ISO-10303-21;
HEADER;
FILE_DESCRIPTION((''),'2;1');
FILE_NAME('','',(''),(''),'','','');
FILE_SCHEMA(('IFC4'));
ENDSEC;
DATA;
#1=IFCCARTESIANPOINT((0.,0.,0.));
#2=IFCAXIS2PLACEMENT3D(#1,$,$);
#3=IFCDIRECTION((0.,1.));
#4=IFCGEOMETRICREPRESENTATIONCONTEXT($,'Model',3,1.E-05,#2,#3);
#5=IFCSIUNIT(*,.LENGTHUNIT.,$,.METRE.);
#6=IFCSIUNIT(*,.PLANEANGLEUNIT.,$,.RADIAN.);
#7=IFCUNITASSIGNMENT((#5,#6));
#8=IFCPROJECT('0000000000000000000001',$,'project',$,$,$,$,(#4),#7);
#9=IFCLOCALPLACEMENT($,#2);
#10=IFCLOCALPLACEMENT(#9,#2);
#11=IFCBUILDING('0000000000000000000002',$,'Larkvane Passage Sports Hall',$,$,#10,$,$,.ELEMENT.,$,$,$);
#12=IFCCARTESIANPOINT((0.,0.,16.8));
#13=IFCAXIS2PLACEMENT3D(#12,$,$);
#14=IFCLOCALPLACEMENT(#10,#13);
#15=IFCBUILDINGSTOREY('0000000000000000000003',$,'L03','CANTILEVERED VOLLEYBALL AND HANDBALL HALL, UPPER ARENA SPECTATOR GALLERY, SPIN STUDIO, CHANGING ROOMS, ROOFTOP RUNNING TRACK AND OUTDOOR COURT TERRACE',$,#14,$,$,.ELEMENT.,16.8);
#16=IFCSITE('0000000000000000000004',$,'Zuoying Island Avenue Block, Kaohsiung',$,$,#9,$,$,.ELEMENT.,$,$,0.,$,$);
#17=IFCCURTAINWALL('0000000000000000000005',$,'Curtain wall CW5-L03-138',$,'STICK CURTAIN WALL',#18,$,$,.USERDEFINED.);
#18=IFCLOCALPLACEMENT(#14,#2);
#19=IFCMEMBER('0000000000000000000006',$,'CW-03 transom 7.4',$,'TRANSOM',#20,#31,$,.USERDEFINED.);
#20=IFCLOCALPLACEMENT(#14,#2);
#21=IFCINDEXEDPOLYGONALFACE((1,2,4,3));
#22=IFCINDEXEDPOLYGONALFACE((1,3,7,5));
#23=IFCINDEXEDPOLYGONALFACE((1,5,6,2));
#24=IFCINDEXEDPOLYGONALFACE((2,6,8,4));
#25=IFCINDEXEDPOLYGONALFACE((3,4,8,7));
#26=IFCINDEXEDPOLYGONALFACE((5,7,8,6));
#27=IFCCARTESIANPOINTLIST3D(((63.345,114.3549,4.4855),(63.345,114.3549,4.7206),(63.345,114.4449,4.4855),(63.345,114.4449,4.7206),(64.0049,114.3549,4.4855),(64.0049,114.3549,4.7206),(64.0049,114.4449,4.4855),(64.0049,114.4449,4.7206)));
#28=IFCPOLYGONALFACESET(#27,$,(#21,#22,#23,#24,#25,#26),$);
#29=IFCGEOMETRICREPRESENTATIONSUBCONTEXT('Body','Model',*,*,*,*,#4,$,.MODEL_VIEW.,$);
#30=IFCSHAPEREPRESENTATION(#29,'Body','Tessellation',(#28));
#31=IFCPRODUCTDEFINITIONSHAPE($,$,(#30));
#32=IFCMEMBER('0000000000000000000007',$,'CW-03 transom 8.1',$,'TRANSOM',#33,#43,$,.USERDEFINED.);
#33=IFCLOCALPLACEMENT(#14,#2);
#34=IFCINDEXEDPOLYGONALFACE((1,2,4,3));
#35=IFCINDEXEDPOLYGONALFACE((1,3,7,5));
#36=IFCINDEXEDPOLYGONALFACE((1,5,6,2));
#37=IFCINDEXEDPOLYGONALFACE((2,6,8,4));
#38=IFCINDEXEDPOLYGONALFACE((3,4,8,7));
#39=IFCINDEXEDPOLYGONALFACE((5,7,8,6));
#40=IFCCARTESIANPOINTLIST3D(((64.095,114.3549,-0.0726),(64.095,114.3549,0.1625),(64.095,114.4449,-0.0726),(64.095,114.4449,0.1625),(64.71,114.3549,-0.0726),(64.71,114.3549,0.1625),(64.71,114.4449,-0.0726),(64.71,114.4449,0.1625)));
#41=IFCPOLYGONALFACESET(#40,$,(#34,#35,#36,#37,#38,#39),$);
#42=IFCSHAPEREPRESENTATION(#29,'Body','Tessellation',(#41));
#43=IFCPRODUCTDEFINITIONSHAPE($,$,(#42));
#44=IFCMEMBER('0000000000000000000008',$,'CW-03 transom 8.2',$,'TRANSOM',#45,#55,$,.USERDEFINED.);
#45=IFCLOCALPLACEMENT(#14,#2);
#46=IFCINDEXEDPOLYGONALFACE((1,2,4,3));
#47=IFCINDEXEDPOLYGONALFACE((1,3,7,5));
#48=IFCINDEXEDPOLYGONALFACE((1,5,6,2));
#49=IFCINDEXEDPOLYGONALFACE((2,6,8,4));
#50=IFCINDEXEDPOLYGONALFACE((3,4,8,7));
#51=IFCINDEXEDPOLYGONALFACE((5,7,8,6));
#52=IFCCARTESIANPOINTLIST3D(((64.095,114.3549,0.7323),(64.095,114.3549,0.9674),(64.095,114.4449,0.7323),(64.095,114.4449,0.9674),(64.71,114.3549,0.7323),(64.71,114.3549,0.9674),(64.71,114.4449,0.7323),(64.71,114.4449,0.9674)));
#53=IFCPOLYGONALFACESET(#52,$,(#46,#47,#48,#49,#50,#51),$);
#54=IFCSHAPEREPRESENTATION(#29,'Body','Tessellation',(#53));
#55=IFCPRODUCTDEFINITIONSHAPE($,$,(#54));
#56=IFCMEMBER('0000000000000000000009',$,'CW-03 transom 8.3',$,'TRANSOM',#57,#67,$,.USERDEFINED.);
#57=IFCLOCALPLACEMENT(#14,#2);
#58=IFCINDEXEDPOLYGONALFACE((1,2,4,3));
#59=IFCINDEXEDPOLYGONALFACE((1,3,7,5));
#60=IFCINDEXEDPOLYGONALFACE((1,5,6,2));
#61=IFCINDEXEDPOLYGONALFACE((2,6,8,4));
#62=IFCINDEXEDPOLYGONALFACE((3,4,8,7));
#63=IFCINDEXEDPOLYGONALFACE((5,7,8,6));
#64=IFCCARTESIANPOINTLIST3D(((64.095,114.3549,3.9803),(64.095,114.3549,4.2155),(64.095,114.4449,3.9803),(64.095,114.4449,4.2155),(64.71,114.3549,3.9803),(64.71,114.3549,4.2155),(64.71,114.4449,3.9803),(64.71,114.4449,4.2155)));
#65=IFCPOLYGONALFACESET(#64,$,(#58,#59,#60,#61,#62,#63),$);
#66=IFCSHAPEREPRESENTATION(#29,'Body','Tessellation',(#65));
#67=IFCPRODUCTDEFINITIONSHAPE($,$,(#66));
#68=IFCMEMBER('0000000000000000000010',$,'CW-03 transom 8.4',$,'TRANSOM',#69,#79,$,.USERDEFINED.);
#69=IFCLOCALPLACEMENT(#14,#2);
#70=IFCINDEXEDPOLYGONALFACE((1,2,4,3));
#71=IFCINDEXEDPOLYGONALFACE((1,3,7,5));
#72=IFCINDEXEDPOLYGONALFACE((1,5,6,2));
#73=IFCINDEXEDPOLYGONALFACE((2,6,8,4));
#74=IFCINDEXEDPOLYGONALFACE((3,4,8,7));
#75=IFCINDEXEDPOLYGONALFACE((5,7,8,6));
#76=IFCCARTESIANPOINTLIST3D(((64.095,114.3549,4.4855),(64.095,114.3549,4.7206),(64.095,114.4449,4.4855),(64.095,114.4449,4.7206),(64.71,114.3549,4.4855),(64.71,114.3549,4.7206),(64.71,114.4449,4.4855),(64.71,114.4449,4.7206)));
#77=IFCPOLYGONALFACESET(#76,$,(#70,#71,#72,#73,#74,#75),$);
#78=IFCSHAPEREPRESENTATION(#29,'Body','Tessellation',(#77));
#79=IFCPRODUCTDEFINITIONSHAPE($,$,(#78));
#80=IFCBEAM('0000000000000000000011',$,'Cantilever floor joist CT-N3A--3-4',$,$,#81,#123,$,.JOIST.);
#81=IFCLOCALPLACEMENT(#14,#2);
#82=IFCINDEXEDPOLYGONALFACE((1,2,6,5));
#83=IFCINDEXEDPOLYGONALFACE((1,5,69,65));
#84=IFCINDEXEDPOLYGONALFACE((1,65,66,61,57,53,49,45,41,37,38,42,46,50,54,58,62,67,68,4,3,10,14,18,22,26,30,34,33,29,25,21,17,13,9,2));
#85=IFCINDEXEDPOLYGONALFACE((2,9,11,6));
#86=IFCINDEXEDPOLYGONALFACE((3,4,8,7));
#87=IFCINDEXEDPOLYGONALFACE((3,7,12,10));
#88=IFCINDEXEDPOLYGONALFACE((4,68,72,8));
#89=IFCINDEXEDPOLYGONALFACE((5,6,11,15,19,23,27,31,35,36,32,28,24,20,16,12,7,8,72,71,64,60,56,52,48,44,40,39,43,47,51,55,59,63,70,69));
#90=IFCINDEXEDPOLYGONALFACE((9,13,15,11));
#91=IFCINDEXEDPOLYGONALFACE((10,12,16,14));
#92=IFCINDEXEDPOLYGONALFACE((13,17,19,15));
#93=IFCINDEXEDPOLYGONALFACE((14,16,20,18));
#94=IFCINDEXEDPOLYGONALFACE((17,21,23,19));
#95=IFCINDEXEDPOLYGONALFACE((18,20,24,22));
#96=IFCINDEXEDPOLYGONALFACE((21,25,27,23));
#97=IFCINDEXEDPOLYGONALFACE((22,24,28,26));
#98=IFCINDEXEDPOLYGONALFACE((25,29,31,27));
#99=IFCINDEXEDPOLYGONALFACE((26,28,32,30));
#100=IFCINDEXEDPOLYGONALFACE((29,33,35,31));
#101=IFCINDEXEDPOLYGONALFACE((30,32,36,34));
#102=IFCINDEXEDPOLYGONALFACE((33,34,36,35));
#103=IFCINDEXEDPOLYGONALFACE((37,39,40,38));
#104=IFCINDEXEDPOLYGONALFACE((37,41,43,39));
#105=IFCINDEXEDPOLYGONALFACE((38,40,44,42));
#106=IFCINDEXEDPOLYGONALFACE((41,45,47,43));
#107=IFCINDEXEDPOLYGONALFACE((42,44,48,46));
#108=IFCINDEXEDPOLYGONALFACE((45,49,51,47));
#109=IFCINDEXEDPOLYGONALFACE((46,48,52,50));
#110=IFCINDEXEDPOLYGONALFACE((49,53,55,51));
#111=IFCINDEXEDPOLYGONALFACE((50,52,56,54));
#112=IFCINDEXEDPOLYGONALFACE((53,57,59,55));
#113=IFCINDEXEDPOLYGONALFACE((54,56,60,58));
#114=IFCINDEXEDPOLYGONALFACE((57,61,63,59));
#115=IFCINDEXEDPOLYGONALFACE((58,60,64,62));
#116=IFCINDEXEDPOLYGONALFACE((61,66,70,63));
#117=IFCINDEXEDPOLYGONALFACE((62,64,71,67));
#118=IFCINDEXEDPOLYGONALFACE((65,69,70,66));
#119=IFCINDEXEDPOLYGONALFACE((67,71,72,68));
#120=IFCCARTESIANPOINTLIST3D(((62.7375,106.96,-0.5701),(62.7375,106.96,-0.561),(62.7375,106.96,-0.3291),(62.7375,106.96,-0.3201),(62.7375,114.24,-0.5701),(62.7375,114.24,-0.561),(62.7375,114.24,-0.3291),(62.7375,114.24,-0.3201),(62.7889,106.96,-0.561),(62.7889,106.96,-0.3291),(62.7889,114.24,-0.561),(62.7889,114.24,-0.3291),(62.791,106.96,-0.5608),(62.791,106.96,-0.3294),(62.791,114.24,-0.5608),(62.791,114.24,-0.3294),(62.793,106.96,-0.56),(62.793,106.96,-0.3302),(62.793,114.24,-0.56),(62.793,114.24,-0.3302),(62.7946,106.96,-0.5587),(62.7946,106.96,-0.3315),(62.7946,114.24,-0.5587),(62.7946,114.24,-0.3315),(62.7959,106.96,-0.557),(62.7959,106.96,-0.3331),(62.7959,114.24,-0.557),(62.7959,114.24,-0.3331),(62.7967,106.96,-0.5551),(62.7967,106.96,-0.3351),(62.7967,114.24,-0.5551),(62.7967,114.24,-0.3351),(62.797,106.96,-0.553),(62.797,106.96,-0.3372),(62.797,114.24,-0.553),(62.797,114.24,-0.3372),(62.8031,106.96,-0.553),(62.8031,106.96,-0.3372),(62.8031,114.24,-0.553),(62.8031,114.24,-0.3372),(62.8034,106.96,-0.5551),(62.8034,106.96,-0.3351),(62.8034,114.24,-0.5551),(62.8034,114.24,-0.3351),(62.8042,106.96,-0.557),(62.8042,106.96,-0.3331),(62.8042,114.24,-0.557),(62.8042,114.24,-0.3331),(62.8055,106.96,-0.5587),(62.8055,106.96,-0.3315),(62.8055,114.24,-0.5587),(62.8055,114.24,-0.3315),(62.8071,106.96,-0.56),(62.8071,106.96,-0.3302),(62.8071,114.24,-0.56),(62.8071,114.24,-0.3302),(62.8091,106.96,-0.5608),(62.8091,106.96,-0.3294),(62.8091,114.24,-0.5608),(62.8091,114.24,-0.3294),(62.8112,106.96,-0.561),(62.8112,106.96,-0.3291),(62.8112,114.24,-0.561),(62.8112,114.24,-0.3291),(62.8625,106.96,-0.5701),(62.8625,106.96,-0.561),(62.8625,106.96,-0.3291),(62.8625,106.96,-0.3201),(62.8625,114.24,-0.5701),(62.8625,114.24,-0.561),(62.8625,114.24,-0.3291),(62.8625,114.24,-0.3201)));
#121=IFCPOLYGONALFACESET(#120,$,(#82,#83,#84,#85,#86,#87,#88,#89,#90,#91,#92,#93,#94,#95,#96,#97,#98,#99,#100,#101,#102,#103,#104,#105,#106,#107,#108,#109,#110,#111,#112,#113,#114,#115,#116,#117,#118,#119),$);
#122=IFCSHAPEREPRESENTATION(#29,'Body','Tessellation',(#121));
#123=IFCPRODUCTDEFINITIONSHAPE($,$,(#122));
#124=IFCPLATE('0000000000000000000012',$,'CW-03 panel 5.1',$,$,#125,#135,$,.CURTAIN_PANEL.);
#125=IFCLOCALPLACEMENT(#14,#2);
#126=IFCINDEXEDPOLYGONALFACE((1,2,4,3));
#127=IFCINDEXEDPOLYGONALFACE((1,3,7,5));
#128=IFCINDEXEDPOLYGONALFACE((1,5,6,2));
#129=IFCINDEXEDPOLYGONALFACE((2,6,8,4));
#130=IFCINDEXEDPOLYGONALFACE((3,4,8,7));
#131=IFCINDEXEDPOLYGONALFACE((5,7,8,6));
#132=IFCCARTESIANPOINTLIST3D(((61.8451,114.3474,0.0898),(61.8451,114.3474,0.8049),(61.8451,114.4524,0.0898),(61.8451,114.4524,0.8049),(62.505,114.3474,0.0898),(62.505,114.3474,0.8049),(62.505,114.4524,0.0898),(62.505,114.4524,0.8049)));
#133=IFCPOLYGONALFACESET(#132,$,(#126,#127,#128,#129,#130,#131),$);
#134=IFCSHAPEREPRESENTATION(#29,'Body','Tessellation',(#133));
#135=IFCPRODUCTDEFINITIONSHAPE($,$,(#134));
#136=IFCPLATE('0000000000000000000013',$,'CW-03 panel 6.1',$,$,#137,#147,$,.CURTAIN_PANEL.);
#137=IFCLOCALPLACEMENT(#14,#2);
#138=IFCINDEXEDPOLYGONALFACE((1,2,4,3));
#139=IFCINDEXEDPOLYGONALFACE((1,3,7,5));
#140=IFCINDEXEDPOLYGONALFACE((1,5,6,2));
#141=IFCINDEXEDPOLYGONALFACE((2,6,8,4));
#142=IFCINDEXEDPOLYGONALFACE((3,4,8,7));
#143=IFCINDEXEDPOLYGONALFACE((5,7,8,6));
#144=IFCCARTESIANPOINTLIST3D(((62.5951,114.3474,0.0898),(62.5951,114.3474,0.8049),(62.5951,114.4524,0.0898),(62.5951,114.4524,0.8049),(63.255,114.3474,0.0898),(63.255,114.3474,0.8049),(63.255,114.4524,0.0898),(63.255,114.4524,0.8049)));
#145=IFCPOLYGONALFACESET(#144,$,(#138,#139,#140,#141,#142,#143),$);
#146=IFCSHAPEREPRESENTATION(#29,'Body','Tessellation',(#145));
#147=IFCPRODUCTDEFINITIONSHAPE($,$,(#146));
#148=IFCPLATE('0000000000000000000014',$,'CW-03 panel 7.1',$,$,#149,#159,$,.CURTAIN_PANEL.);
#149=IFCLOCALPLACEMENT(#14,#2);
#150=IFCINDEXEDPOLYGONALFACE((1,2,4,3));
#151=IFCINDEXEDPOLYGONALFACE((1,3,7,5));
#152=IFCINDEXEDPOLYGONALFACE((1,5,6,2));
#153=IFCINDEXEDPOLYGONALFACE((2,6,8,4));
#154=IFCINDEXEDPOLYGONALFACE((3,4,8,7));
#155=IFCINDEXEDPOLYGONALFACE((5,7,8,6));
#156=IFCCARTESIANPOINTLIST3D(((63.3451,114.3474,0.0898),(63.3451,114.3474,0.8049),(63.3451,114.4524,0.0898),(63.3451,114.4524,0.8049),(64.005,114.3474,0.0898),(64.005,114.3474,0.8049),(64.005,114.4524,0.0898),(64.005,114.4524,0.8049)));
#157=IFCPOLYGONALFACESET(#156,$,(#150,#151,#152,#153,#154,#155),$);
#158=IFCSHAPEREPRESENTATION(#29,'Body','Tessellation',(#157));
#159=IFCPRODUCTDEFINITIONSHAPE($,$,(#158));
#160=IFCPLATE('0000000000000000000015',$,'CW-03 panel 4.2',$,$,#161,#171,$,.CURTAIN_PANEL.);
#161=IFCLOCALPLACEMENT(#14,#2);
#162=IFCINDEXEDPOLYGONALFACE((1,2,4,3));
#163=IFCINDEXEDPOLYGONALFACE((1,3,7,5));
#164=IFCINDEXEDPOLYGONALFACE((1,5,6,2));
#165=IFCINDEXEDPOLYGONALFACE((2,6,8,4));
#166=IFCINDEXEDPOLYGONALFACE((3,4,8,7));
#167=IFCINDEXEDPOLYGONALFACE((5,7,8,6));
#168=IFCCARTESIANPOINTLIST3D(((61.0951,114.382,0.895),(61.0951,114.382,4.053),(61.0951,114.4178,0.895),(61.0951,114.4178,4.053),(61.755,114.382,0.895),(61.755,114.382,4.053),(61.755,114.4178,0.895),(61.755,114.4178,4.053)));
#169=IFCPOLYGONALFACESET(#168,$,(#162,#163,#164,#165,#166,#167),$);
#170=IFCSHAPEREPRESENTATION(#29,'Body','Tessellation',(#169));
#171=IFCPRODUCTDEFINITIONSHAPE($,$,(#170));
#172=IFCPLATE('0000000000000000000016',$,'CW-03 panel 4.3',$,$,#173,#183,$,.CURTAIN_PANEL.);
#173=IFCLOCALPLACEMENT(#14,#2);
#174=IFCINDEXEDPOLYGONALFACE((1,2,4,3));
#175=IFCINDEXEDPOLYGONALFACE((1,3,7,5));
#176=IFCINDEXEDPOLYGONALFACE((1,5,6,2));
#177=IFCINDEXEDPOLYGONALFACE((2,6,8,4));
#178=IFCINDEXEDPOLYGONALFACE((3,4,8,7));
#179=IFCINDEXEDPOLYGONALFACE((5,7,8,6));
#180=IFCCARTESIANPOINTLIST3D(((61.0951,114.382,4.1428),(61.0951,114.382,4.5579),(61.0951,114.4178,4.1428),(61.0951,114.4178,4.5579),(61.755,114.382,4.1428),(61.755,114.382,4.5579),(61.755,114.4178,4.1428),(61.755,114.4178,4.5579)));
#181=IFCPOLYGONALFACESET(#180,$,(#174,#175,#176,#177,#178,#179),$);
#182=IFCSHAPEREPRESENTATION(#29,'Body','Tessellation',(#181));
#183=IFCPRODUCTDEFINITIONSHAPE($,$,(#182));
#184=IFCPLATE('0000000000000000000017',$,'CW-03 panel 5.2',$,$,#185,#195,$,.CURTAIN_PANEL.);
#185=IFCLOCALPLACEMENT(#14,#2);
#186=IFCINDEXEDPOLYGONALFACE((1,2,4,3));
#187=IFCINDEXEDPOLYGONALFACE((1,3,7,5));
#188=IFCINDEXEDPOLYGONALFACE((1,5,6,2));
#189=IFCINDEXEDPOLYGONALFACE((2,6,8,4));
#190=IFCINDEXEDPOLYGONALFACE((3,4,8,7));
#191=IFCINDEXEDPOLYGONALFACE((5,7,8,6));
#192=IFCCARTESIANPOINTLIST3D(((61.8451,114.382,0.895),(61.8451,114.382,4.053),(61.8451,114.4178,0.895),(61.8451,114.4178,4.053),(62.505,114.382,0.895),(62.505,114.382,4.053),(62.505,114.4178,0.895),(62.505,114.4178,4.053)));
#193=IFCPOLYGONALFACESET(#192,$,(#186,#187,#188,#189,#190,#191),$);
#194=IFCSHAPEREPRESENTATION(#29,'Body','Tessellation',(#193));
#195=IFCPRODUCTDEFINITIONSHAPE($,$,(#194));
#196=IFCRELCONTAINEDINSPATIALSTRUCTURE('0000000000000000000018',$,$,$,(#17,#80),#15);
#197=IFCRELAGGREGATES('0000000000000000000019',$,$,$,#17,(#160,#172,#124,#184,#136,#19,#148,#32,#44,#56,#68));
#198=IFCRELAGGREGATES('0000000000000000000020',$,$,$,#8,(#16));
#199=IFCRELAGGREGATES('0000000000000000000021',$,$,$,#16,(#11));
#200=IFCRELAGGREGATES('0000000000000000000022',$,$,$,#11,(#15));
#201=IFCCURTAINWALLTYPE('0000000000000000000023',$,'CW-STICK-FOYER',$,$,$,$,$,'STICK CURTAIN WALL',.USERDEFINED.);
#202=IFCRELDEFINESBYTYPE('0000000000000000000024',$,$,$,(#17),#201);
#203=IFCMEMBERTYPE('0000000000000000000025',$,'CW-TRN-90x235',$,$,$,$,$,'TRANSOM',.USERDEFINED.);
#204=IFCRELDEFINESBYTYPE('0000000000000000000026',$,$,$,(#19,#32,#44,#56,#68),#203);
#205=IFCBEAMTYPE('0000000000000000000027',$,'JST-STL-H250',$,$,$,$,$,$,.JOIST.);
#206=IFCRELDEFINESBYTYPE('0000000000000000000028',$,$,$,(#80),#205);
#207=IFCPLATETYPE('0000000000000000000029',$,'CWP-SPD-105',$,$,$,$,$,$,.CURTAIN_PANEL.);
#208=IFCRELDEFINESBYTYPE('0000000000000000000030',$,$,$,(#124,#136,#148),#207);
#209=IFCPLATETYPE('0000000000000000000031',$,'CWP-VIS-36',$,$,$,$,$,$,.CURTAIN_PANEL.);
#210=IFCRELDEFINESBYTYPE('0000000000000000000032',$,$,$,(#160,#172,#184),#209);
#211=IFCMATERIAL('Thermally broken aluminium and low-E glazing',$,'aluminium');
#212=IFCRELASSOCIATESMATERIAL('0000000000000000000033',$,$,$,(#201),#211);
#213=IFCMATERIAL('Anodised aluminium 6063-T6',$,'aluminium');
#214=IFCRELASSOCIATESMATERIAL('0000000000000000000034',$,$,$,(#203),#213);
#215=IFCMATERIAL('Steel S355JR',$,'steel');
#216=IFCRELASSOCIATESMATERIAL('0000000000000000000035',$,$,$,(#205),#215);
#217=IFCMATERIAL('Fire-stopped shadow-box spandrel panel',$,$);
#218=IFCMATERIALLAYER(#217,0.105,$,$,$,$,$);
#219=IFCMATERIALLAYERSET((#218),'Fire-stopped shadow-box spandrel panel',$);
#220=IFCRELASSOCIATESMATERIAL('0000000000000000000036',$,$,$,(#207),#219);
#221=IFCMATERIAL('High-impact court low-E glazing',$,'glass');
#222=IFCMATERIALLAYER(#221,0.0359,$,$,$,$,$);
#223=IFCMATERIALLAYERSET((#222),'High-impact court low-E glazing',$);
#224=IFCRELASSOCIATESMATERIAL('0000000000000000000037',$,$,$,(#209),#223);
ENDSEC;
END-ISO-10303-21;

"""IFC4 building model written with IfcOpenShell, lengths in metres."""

from ifc_helpers import new_model, si_unit, direction, frame, origin, origin_2d, place, context, subcontext, project, spatial, rectangle, i_section, extrude, material, layer, layer_set, material_profile, profile_set, type_object, element, aggregate, save


model = new_model("IFC4")

# Units and contexts
model_context = context("Model", 3, precision=1e-05, world=origin(), true_north=direction((0.0, 1.0)))
body_context = subcontext(model_context, "Body", "Model", "MODEL_VIEW")
ifc_project = project(units=[si_unit("LENGTHUNIT", "METRE"), si_unit("PLANEANGLEUNIT", "RADIAN")], contexts=[model_context])

# Site, building, storey
site_placement = place(None, origin())
site = spatial("IfcSite", under=ifc_project, at=site_placement, Name="Zuoying Island Avenue Block, Kaohsiung", CompositionType="ELEMENT", RefElevation=0.0)
building_placement = place(site_placement, origin())
building = spatial("IfcBuilding", under=site, at=building_placement, Name="Larkvane Passage Sports Hall", CompositionType="ELEMENT")
storey_placement = place(building_placement, frame((0.0, 0.0, 16.8)))
storey = spatial("IfcBuildingStorey", under=building, at=storey_placement, Name="L03", Description="CANTILEVERED VOLLEYBALL AND HANDBALL HALL, UPPER ARENA SPECTATOR GALLERY, SPIN STUDIO, CHANGING ROOMS, ROOFTOP RUNNING TRACK AND OUTDOOR COURT TERRACE", CompositionType="ELEMENT", Elevation=16.8)

# Curtain wall, members
ifc_material_1 = material(Name="Thermally broken aluminium and low-E glazing", Category="aluminium")
curtain_wall_type = type_object("IfcCurtainWallType", Name="CW-STICK-FOYER", ElementType="STICK CURTAIN WALL", PredefinedType="USERDEFINED", material=ifc_material_1)
curtain_wall_placement = place(storey_placement, origin())
curtain_wall = element("IfcCurtainWall", 1, at=curtain_wall_placement, inside=storey, type_object=curtain_wall_type, Name="Curtain wall CW5-L03-138", ObjectType="STICK CURTAIN WALL", PredefinedType="USERDEFINED")
ifc_material_2 = material(Name="Anodised aluminium 6063-T6", Category="aluminium")
ifc_material_profile_1 = material_profile(ifc_material_2, rectangle(XDim=0.0901, YDim=0.2351, at=origin_2d()), Name="ALU-TRN-90x235")
ifc_profile_set_1 = profile_set([ifc_material_profile_1], Name="Anodised aluminium 6063-T6")
member_type_1 = type_object("IfcMemberType", Name="CW-TRN-90x235", ElementType="TRANSOM", PredefinedType="USERDEFINED", material=ifc_profile_set_1)
member_1_placement = place(storey_placement, frame((63.345, 114.3999, 4.603), z_axis=(1.0, 0.0, 0.0), x_axis=(0.0, 1.0, 0.0)))
member_1 = element("IfcMember", 2, at=member_1_placement, type_object=member_type_1, Name="CW-03 transom 7.4", ObjectType="TRANSOM", PredefinedType="USERDEFINED", context=body_context, shape_type="SweptSolid", body=[
    extrude(rectangle(XDim=0.0901, YDim=0.2351, at=origin_2d()), origin(), (0.0, 0.0, 1.0), 0.6599),
])
member_2_placement = place(storey_placement, frame((64.095, 114.3999, 0.0449), z_axis=(1.0, 0.0, 0.0), x_axis=(0.0, 1.0, 0.0)))
member_2 = element("IfcMember", 3, at=member_2_placement, type_object=member_type_1, Name="CW-03 transom 8.1", ObjectType="TRANSOM", PredefinedType="USERDEFINED", context=body_context, shape_type="SweptSolid", body=[
    extrude(rectangle(XDim=0.0901, YDim=0.2351, at=origin_2d()), origin(), (0.0, 0.0, 1.0), 0.615),
])
member_3_placement = place(storey_placement, frame((64.095, 114.3999, 0.8499), z_axis=(1.0, 0.0, 0.0), x_axis=(0.0, 1.0, 0.0)))
member_3 = element("IfcMember", 4, at=member_3_placement, type_object=member_type_1, Name="CW-03 transom 8.2", ObjectType="TRANSOM", PredefinedType="USERDEFINED", context=body_context, shape_type="SweptSolid", body=[
    extrude(rectangle(XDim=0.0901, YDim=0.2351, at=origin_2d()), origin(), (0.0, 0.0, 1.0), 0.615),
])
member_4_placement = place(storey_placement, frame((64.095, 114.3999, 4.0979), z_axis=(1.0, 0.0, 0.0), x_axis=(0.0, 1.0, 0.0)))
member_4 = element("IfcMember", 5, at=member_4_placement, type_object=member_type_1, Name="CW-03 transom 8.3", ObjectType="TRANSOM", PredefinedType="USERDEFINED", context=body_context, shape_type="SweptSolid", body=[
    extrude(rectangle(XDim=0.0901, YDim=0.2351, at=origin_2d()), origin(), (0.0, 0.0, 1.0), 0.615),
])
member_5_placement = place(storey_placement, frame((64.095, 114.3999, 4.603), z_axis=(1.0, 0.0, 0.0), x_axis=(0.0, 1.0, 0.0)))
member_5 = element("IfcMember", 6, at=member_5_placement, type_object=member_type_1, Name="CW-03 transom 8.4", ObjectType="TRANSOM", PredefinedType="USERDEFINED", context=body_context, shape_type="SweptSolid", body=[
    extrude(rectangle(XDim=0.0901, YDim=0.2351, at=origin_2d()), origin(), (0.0, 0.0, 1.0), 0.615),
])

# Beam
ifc_material_3 = material(Name="Steel S355JR", Category="steel")
ifc_material_profile_2 = material_profile(ifc_material_3, i_section(OverallWidth=0.125, OverallDepth=0.25, WebThickness=0.0061, FlangeThickness=0.009, FilletRadius=0.0081, at=origin_2d()), Name="H-250x125x6x9")
ifc_profile_set_2 = profile_set([ifc_material_profile_2], Name="Steel S355JR")
beam_type = type_object("IfcBeamType", Name="JST-STL-H250", PredefinedType="JOIST", material=ifc_profile_set_2)
beam_placement = place(storey_placement, frame((62.8, 106.96, -0.4451), z_axis=(0.0, 1.0, 0.0), x_axis=(-1.0, 0.0, 0.0)))
element("IfcBeam", 7, at=beam_placement, inside=storey, type_object=beam_type, Name="Cantilever floor joist CT-N3A--3-4", PredefinedType="JOIST", context=body_context, shape_type="SweptSolid", body=[
    extrude(i_section(OverallWidth=0.125, OverallDepth=0.25, WebThickness=0.0061, FlangeThickness=0.009, FilletRadius=0.0081, at=origin_2d()), origin(), (0.0, 0.0, 1.0), 7.28),
])

# Plates
ifc_material_4 = material(Name="Fire-stopped shadow-box spandrel panel")
ifc_layer_1 = layer(ifc_material_4, 0.105)
ifc_layer_set_1 = layer_set([ifc_layer_1], Name="Fire-stopped shadow-box spandrel panel")
plate_type_1 = type_object("IfcPlateType", Name="CWP-SPD-105", PredefinedType="CURTAIN_PANEL", material=ifc_layer_set_1)
plate_1_placement = place(storey_placement, frame((62.175, 114.3999, 0.0898), z_axis=(0.0, 0.0, 1.0), x_axis=(1.0, 0.0, 0.0)))
plate_1 = element("IfcPlate", 8, at=plate_1_placement, type_object=plate_type_1, Name="CW-03 panel 5.1", PredefinedType="CURTAIN_PANEL", context=body_context, shape_type="SweptSolid", body=[
    extrude(rectangle(XDim=0.6599, YDim=0.105, at=origin_2d()), origin(), (0.0, 0.0, 1.0), 0.7151),
])
plate_2_placement = place(storey_placement, frame((62.925, 114.3999, 0.0898), z_axis=(0.0, 0.0, 1.0), x_axis=(1.0, 0.0, 0.0)))
plate_2 = element("IfcPlate", 9, at=plate_2_placement, type_object=plate_type_1, Name="CW-03 panel 6.1", PredefinedType="CURTAIN_PANEL", context=body_context, shape_type="SweptSolid", body=[
    extrude(rectangle(XDim=0.6599, YDim=0.105, at=origin_2d()), origin(), (0.0, 0.0, 1.0), 0.7151),
])
plate_3_placement = place(storey_placement, frame((63.675, 114.3999, 0.0898), z_axis=(0.0, 0.0, 1.0), x_axis=(1.0, 0.0, 0.0)))
plate_3 = element("IfcPlate", 10, at=plate_3_placement, type_object=plate_type_1, Name="CW-03 panel 7.1", PredefinedType="CURTAIN_PANEL", context=body_context, shape_type="SweptSolid", body=[
    extrude(rectangle(XDim=0.6599, YDim=0.105, at=origin_2d()), origin(), (0.0, 0.0, 1.0), 0.7151),
])
ifc_material_5 = material(Name="High-impact court low-E glazing", Category="glass")
ifc_layer_2 = layer(ifc_material_5, 0.0359)
ifc_layer_set_2 = layer_set([ifc_layer_2], Name="High-impact court low-E glazing")
plate_type_2 = type_object("IfcPlateType", Name="CWP-VIS-36", PredefinedType="CURTAIN_PANEL", material=ifc_layer_set_2)
plate_4_placement = place(storey_placement, frame((61.425, 114.3999, 0.895), z_axis=(0.0, 0.0, 1.0), x_axis=(1.0, 0.0, 0.0)))
plate_4 = element("IfcPlate", 11, at=plate_4_placement, type_object=plate_type_2, Name="CW-03 panel 4.2", PredefinedType="CURTAIN_PANEL", context=body_context, shape_type="SweptSolid", body=[
    extrude(rectangle(XDim=0.6599, YDim=0.0359, at=origin_2d()), origin(), (0.0, 0.0, 1.0), 3.158),
])
plate_5_placement = place(storey_placement, frame((61.425, 114.3999, 4.1428), z_axis=(0.0, 0.0, 1.0), x_axis=(1.0, 0.0, 0.0)))
plate_5 = element("IfcPlate", 12, at=plate_5_placement, type_object=plate_type_2, Name="CW-03 panel 4.3", PredefinedType="CURTAIN_PANEL", context=body_context, shape_type="SweptSolid", body=[
    extrude(rectangle(XDim=0.6599, YDim=0.0359, at=origin_2d()), origin(), (0.0, 0.0, 1.0), 0.415),
])
plate_6_placement = place(storey_placement, frame((62.175, 114.3999, 0.895), z_axis=(0.0, 0.0, 1.0), x_axis=(1.0, 0.0, 0.0)))
plate_6 = element("IfcPlate", 13, at=plate_6_placement, type_object=plate_type_2, Name="CW-03 panel 5.2", PredefinedType="CURTAIN_PANEL", context=body_context, shape_type="SweptSolid", body=[
    extrude(rectangle(XDim=0.6599, YDim=0.0359, at=origin_2d()), origin(), (0.0, 0.0, 1.0), 3.158),
])
aggregate(curtain_wall, [plate_4, plate_5, plate_1, plate_6, plate_2, member_1, plate_3, member_2, member_3, member_4, member_5])

save(model, "model.ifc")
